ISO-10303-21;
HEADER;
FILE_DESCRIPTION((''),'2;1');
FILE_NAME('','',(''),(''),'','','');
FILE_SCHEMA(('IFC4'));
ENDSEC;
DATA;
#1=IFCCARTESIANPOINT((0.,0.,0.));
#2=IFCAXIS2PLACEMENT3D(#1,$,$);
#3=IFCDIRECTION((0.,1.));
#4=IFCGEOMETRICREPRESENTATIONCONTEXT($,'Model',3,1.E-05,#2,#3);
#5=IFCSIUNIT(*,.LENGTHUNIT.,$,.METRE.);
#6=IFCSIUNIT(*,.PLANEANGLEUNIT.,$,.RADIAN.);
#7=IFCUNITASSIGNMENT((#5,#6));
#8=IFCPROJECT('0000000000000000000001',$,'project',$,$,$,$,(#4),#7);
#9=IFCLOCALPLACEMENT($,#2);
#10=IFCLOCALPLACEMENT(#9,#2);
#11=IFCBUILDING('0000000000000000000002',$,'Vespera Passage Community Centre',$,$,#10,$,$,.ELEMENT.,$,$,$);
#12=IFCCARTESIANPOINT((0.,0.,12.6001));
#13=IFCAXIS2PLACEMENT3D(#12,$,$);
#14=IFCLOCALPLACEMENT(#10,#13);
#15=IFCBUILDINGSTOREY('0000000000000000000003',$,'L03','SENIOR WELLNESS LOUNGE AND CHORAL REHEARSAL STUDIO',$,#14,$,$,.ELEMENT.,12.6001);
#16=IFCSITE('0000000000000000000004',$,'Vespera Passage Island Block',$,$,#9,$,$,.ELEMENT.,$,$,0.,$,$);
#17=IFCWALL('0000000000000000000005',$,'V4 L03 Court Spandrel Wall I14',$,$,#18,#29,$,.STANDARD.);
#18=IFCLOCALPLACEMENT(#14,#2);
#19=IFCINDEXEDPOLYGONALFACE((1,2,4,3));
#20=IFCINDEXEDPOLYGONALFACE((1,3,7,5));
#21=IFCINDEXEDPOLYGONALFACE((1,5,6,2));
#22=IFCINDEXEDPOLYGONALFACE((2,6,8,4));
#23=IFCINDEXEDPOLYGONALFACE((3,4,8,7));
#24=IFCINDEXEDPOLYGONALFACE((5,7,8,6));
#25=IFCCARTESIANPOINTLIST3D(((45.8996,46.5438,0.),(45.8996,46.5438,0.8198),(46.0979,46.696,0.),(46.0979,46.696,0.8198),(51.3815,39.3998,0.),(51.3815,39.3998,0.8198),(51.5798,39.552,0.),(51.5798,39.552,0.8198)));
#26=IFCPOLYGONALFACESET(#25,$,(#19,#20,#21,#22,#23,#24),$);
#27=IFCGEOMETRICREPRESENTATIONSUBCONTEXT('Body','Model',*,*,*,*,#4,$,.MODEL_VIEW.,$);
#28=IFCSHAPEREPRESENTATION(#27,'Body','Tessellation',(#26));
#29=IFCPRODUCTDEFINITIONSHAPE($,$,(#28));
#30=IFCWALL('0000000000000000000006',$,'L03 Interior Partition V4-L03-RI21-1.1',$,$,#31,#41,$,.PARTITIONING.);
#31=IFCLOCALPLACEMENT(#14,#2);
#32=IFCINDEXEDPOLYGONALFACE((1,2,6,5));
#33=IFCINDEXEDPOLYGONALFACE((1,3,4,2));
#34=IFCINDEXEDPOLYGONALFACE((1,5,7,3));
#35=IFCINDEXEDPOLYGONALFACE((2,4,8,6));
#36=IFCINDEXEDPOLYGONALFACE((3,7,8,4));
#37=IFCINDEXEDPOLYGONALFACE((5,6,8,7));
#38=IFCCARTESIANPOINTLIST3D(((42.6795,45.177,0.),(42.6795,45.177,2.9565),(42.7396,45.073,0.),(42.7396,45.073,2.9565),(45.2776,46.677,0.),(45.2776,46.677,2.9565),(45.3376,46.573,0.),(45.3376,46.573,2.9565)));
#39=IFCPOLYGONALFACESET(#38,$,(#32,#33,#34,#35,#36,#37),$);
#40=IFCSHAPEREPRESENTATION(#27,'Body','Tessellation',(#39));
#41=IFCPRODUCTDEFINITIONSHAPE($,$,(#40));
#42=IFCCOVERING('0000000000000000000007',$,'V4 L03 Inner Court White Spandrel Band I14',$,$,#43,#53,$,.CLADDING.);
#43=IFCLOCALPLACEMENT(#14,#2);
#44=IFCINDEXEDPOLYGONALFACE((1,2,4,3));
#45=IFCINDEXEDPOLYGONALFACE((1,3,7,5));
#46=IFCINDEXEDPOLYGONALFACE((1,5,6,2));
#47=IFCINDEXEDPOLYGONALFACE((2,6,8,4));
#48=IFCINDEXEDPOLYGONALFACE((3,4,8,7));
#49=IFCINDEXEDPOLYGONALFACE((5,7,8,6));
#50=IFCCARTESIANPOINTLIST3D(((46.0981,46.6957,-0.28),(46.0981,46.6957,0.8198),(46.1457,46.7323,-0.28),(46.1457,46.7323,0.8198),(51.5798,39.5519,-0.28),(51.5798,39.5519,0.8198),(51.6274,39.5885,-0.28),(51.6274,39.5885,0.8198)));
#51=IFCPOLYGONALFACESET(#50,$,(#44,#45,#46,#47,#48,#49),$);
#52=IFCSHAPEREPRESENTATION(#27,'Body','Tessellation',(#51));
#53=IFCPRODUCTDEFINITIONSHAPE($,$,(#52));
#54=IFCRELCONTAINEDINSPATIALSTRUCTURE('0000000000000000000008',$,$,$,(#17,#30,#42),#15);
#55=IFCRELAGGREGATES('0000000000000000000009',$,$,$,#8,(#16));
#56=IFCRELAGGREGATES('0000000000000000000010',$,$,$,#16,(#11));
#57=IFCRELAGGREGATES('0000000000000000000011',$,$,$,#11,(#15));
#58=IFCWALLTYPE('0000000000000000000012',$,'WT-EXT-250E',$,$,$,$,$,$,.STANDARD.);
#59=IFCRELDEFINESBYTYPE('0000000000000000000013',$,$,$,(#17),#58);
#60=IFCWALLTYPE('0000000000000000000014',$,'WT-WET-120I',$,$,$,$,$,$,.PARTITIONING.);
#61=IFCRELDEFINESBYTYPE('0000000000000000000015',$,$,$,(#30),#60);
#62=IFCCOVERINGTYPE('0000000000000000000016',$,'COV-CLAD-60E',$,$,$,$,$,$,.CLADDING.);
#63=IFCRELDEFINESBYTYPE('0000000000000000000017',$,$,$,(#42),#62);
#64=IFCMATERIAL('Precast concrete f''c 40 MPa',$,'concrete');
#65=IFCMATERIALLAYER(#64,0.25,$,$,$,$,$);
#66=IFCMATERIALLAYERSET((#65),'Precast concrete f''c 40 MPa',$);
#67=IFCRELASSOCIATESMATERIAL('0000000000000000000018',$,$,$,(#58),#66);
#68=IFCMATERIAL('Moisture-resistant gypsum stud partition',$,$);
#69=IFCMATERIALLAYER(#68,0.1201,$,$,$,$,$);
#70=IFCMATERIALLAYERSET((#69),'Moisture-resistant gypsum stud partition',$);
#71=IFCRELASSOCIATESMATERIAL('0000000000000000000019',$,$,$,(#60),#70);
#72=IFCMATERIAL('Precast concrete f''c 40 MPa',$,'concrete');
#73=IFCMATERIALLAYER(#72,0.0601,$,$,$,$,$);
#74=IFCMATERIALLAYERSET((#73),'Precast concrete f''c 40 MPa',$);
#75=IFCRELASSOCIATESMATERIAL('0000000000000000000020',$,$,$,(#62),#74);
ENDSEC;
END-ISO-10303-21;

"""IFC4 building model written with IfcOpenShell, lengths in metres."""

from ifc_helpers import new_model, si_unit, direction, frame, frame_2d, origin, place, context, subcontext, project, spatial, rectangle, extrude, material, layer, layer_set, type_object, element, save


model = new_model("IFC4")

# Units and contexts
model_context = context("Model", 3, precision=1e-05, world=origin(), true_north=direction((0.0, 1.0)))
body_context = subcontext(model_context, "Body", "Model", "MODEL_VIEW")
ifc_project = project(units=[si_unit("LENGTHUNIT", "METRE"), si_unit("PLANEANGLEUNIT", "RADIAN")], contexts=[model_context])

# Site, building, storey
site_placement = place(None, origin())
site = spatial("IfcSite", under=ifc_project, at=site_placement, Name="Vespera Passage Island Block", CompositionType="ELEMENT", RefElevation=0.0)
building_placement = place(site_placement, origin())
building = spatial("IfcBuilding", under=site, at=building_placement, Name="Vespera Passage Community Centre", CompositionType="ELEMENT")
storey_placement = place(building_placement, frame((0.0, 0.0, 12.6001)))
storey = spatial("IfcBuildingStorey", under=building, at=storey_placement, Name="L03", Description="SENIOR WELLNESS LOUNGE AND CHORAL REHEARSAL STUDIO", CompositionType="ELEMENT", Elevation=12.6001)

# Walls
ifc_material_1 = material(Name="Precast concrete f'c 40 MPa", Category="concrete")
ifc_layer_1 = layer(ifc_material_1, 0.25)
ifc_layer_set_1 = layer_set([ifc_layer_1], Name="Precast concrete f'c 40 MPa")
wall_type_1 = type_object("IfcWallType", Name="WT-EXT-250E", PredefinedType="STANDARD", material=ifc_layer_set_1)
wall_1_placement = place(storey_placement, frame((45.9988, 46.6199, 0.0), z_axis=(0.0, 0.0, 1.0), x_axis=(0.60877, -0.793347, 0.0)))
element("IfcWall", 1, at=wall_1_placement, inside=storey, type_object=wall_type_1, Name="V4 L03 Court Spandrel Wall I14", PredefinedType="STANDARD", context=body_context, shape_type="SweptSolid", body=[
    extrude(rectangle(XDim=9.0049, YDim=0.25, at=frame_2d((4.5024, 0.0))), origin(), (0.0, 0.0, 1.0), 0.8198),
])
ifc_material_2 = material(Name="Moisture-resistant gypsum stud partition")
ifc_layer_2 = layer(ifc_material_2, 0.1201)
ifc_layer_set_2 = layer_set([ifc_layer_2], Name="Moisture-resistant gypsum stud partition")
wall_type_2 = type_object("IfcWallType", Name="WT-WET-120I", PredefinedType="PARTITIONING", material=ifc_layer_set_2)
wall_2_placement = place(storey_placement, frame((45.3076, 46.625, 0.0), z_axis=(0.0, 0.0, 1.0), x_axis=(-0.866031, -0.49999, 0.0)))
element("IfcWall", 2, at=wall_2_placement, inside=storey, type_object=wall_type_2, Name="L03 Interior Partition V4-L03-RI21-1.1", PredefinedType="PARTITIONING", context=body_context, shape_type="SweptSolid", body=[
    extrude(rectangle(XDim=3.0, YDim=0.1201, at=frame_2d((1.5, 0.0))), origin(), (0.0, 0.0, 1.0), 2.9565),
])

# Covering
ifc_material_3 = material(Name="Precast concrete f'c 40 MPa", Category="concrete")
ifc_layer_3 = layer(ifc_material_3, 0.0601)
ifc_layer_set_3 = layer_set([ifc_layer_3], Name="Precast concrete f'c 40 MPa")
covering_type = type_object("IfcCoveringType", Name="COV-CLAD-60E", PredefinedType="CLADDING", material=ifc_layer_set_3)
covering_placement = place(storey_placement, frame((46.1218, 46.7141, -0.28), z_axis=(0.0, 0.0, 1.0), x_axis=(0.608766, -0.79335, 0.0)))
element("IfcCovering", 3, at=covering_placement, inside=storey, type_object=covering_type, Name="V4 L03 Inner Court White Spandrel Band I14", PredefinedType="CLADDING", context=body_context, shape_type="SweptSolid", body=[
    extrude(rectangle(XDim=9.0046, YDim=0.0601, at=frame_2d((4.5024, 0.0))), origin(), (0.0, 0.0, 1.0), 1.0999),
])

save(model, "model.ifc")
